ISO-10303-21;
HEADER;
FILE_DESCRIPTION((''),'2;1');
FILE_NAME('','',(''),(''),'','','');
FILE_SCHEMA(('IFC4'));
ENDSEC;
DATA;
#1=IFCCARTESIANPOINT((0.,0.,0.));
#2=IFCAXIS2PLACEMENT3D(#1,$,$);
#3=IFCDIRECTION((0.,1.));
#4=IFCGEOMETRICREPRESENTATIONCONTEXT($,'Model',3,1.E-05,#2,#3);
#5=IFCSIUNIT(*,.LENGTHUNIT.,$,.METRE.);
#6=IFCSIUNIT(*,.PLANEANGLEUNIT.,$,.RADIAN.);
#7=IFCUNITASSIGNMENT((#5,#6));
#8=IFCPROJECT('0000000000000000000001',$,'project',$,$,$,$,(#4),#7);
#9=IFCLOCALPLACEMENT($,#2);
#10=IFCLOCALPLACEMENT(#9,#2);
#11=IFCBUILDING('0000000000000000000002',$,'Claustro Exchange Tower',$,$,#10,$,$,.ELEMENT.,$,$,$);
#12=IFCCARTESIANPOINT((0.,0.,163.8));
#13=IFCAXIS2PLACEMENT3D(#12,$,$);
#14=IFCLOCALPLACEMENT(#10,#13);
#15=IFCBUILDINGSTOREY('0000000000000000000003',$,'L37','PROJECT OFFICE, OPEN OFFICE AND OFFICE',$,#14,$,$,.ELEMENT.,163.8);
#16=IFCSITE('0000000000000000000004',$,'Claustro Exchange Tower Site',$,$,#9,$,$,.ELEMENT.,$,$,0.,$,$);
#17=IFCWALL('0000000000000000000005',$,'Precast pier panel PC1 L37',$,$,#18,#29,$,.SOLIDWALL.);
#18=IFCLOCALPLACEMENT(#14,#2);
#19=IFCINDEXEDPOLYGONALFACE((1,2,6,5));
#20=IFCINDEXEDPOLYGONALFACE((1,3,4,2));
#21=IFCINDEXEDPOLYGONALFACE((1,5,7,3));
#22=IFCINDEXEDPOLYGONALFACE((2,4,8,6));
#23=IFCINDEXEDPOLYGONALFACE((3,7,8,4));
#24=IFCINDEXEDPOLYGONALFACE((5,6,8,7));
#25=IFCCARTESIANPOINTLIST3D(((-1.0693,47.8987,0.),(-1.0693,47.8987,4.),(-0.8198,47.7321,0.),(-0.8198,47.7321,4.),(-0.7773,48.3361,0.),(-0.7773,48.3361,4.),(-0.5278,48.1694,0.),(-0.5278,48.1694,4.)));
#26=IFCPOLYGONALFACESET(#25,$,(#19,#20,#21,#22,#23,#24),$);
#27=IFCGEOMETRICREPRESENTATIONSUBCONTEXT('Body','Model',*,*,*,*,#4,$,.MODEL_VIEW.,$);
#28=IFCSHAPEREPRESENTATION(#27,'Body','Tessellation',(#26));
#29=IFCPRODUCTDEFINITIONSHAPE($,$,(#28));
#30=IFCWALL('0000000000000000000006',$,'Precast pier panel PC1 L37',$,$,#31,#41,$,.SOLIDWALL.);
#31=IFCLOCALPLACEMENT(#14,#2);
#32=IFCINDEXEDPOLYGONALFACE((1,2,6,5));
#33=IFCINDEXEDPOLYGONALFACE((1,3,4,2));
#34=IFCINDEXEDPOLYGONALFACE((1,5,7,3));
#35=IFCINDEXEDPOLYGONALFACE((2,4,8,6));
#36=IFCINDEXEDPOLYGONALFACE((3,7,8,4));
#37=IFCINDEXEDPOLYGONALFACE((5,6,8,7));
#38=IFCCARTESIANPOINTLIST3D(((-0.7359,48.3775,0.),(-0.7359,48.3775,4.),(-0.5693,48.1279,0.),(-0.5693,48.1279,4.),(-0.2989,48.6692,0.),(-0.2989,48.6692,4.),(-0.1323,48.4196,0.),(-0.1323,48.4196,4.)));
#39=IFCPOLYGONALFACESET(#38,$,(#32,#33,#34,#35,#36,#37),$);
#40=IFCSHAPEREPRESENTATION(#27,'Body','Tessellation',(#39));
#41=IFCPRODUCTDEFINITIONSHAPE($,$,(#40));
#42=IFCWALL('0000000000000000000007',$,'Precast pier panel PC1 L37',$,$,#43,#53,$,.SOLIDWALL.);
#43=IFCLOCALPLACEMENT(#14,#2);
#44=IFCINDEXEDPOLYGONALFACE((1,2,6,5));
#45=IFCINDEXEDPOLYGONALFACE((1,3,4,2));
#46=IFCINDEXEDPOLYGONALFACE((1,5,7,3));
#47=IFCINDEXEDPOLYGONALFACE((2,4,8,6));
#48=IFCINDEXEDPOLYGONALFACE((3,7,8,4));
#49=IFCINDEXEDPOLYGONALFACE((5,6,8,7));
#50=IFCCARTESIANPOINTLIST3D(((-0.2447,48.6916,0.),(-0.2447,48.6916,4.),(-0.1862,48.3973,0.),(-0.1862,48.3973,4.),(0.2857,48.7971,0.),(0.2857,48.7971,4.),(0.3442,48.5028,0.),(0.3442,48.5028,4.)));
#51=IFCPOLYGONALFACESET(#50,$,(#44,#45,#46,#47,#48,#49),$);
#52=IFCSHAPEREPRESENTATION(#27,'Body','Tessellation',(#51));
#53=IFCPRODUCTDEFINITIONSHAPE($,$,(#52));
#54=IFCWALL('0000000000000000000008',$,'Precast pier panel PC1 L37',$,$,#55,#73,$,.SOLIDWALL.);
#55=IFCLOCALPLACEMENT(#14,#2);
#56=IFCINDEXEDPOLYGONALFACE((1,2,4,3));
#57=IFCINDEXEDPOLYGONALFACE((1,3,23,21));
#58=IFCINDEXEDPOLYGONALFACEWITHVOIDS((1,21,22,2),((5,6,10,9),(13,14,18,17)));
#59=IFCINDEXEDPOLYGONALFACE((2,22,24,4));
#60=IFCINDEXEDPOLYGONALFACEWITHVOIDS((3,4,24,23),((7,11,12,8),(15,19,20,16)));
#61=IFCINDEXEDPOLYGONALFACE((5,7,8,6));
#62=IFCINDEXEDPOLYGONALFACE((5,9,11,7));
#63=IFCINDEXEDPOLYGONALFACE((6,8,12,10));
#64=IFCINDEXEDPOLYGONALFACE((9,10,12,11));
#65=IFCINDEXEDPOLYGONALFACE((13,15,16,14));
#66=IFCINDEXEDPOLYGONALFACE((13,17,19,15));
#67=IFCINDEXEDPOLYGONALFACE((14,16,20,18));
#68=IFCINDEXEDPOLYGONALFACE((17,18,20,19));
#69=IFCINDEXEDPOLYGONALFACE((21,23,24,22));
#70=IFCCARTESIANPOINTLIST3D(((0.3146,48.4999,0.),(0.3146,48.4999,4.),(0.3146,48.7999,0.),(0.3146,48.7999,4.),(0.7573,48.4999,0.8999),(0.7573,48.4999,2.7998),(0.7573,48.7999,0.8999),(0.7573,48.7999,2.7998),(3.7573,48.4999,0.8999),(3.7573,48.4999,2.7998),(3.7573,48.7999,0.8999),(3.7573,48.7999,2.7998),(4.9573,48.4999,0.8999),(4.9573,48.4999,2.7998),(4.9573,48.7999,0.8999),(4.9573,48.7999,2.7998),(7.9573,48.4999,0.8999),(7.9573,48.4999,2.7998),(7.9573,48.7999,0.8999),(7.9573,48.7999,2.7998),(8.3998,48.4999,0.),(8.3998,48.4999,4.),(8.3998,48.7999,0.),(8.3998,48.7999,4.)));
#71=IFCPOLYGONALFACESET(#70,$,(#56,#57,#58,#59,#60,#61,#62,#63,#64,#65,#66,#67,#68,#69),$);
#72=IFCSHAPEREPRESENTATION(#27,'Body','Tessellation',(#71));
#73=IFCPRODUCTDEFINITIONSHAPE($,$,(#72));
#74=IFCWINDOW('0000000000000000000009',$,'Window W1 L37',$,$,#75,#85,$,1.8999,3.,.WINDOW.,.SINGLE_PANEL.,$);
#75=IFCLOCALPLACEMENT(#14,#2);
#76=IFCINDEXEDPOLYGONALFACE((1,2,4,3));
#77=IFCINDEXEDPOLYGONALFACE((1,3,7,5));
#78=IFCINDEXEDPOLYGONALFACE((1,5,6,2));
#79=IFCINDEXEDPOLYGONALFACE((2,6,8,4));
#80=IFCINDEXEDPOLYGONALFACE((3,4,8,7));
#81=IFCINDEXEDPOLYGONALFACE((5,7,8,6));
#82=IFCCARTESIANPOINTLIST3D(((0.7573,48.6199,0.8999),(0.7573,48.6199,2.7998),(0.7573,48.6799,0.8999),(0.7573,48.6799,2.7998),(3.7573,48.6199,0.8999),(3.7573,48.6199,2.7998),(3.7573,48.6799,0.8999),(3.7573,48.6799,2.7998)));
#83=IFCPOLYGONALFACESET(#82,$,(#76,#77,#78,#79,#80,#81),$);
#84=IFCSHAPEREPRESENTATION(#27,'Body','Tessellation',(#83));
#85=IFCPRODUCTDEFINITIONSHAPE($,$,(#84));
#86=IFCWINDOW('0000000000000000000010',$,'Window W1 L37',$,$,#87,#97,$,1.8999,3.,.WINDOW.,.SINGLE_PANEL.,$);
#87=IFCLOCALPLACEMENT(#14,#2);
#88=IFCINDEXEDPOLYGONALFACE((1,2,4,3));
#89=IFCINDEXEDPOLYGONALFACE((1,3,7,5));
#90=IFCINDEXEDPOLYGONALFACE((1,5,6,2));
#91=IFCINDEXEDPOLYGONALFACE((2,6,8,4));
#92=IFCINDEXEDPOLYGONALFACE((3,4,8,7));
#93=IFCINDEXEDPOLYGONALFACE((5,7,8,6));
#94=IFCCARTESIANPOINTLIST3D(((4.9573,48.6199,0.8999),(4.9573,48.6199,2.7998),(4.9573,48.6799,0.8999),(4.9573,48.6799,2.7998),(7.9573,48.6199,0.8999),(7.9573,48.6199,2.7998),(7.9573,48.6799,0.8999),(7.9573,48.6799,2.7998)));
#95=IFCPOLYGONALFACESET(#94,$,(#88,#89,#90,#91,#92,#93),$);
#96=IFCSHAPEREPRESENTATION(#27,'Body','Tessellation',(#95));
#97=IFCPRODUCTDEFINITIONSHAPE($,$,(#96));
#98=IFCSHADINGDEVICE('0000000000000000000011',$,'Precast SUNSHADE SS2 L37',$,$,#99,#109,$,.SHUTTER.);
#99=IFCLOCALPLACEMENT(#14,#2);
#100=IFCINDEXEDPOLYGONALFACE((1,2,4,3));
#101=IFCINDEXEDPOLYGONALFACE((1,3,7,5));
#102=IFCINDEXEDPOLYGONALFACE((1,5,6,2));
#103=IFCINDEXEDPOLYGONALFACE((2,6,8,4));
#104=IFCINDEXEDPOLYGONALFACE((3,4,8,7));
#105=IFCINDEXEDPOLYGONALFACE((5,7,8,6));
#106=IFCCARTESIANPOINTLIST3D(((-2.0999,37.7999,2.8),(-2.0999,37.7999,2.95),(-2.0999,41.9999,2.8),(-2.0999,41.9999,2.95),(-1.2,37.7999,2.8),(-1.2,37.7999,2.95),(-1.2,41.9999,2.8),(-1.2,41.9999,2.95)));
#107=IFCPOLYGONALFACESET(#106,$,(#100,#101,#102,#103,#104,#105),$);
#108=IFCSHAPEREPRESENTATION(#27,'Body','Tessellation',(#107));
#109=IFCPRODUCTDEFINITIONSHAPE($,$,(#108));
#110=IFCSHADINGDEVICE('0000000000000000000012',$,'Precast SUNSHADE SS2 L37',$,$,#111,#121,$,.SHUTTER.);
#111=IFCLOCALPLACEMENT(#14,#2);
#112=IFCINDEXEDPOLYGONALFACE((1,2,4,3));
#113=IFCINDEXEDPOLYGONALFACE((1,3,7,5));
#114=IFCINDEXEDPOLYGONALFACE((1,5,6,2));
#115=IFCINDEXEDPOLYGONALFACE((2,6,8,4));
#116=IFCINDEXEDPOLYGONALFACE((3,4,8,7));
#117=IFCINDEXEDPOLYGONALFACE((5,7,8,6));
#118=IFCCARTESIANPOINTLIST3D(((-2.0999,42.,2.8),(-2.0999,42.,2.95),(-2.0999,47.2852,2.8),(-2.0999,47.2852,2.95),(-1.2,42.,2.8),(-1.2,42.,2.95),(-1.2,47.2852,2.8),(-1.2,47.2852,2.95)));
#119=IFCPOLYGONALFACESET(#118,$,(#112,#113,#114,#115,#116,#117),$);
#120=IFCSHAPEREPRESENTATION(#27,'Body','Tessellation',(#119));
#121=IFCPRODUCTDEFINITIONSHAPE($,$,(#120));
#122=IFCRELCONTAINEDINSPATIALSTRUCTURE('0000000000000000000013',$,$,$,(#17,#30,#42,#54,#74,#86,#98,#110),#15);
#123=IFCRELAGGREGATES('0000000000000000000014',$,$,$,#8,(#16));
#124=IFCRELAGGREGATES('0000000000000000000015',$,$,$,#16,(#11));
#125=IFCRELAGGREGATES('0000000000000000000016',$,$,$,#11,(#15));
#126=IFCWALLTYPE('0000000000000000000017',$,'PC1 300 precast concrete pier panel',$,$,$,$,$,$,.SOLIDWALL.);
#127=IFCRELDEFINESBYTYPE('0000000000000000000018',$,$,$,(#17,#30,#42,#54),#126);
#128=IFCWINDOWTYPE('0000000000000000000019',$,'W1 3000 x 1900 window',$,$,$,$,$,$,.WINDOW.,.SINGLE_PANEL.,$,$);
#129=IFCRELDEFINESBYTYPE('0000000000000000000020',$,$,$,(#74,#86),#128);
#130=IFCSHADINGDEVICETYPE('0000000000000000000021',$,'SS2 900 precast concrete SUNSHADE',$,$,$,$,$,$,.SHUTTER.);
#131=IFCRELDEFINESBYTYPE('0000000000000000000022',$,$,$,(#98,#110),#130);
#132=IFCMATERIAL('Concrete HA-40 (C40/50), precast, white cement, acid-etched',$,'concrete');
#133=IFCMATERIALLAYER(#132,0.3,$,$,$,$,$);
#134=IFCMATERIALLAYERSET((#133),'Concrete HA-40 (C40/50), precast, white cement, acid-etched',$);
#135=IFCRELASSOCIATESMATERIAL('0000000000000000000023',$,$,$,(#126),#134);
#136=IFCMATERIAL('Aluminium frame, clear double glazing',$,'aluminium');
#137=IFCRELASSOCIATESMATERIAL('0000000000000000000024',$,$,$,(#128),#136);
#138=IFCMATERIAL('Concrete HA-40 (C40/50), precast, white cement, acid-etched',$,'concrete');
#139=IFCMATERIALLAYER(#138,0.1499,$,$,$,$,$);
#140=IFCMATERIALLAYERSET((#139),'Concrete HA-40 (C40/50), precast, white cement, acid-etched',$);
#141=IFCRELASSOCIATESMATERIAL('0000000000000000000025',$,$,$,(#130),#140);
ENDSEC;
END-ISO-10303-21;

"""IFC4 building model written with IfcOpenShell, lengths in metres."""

from ifc_helpers import new_model, si_unit, direction, frame, frame_2d, origin, origin_2d, place, context, subcontext, project, spatial, rectangle, extrude, material, layer, layer_set, type_object, element, fill, save


model = new_model("IFC4")

# Units and contexts
model_context = context("Model", 3, precision=1e-05, world=origin(), true_north=direction((0.0, 1.0)))
body_context = subcontext(model_context, "Body", "Model", "MODEL_VIEW")
ifc_project = project(units=[si_unit("LENGTHUNIT", "METRE"), si_unit("PLANEANGLEUNIT", "RADIAN")], contexts=[model_context])

# Site, building, storey
site_placement = place(None, origin())
site = spatial("IfcSite", under=ifc_project, at=site_placement, Name="Claustro Exchange Tower Site", CompositionType="ELEMENT", RefElevation=0.0)
building_placement = place(site_placement, origin())
building = spatial("IfcBuilding", under=site, at=building_placement, Name="Claustro Exchange Tower", CompositionType="ELEMENT")
storey_placement = place(building_placement, frame((0.0, 0.0, 163.8)))
storey = spatial("IfcBuildingStorey", under=building, at=storey_placement, Name="L37", Description="PROJECT OFFICE, OPEN OFFICE AND OFFICE", CompositionType="ELEMENT", Elevation=163.8)

# Shared definitions
ifc_material_1 = material(Name="Concrete HA-40 (C40/50), precast, white cement, acid-etched", Category="concrete")
ifc_layer_1 = layer(ifc_material_1, 0.3)
ifc_layer_set_1 = layer_set([ifc_layer_1], Name="Concrete HA-40 (C40/50), precast, white cement, acid-etched")
wall_type_1 = type_object("IfcWallType", Name="PC1 300 precast concrete pier panel", PredefinedType="SOLIDWALL", material=ifc_layer_set_1)

# Walls
wall_1_placement = place(storey_placement, frame((-0.9446, 47.8154, 0.0), z_axis=(0.0, 0.0, 1.0), x_axis=(0.555343, 0.831621, 0.0)))
element("IfcWall", 1, at=wall_1_placement, inside=storey, type_object=wall_type_1, Name="Precast pier panel PC1 L37", PredefinedType="SOLIDWALL", context=body_context, shape_type="SweptSolid", body=[
    extrude(rectangle(XDim=0.5259, YDim=0.3, at=frame_2d((0.2629, 0.0))), origin(), (0.0, 0.0, 1.0), 4.0),
])
wall_2_placement = place(storey_placement, frame((-0.6526, 48.2527, 0.0), z_axis=(0.0, 0.0, 1.0), x_axis=(0.831693, 0.555236, 0.0)))
element("IfcWall", 2, at=wall_2_placement, inside=storey, type_object=wall_type_1, Name="Precast pier panel PC1 L37", PredefinedType="SOLIDWALL", context=body_context, shape_type="SweptSolid", body=[
    extrude(rectangle(XDim=0.5254, YDim=0.3, at=frame_2d((0.2627, 0.0))), origin(), (0.0, 0.0, 1.0), 4.0),
])
wall_3_placement = place(storey_placement, frame((-0.2156, 48.5444, 0.0), z_axis=(0.0, 0.0, 1.0), x_axis=(0.980789, 0.195074, 0.0)))
element("IfcWall", 3, at=wall_3_placement, inside=storey, type_object=wall_type_1, Name="Precast pier panel PC1 L37", PredefinedType="SOLIDWALL", context=body_context, shape_type="SweptSolid", body=[
    extrude(rectangle(XDim=0.5408, YDim=0.3, at=frame_2d((0.2705, 0.0))), origin(), (0.0, 0.0, 1.0), 4.0),
])

# Wall, openings, windows
wall_4_placement = place(storey_placement, frame((0.3147, 48.6499, 0.0), z_axis=(0.0, 0.0, 1.0), x_axis=(1.0, 0.0, 0.0)))
wall_4 = element("IfcWall", 4, at=wall_4_placement, inside=storey, type_object=wall_type_1, Name="Precast pier panel PC1 L37", PredefinedType="SOLIDWALL", context=body_context, shape_type="SweptSolid", body=[
    extrude(rectangle(XDim=8.0852, YDim=0.3, at=frame_2d((4.0425, 0.0))), origin(), (0.0, 0.0, 1.0), 4.0),
])
opening_1_placement = place(wall_4_placement, frame((0.4426, 0.0, 0.8999)))
opening_1 = element("IfcOpeningElement", 5, at=opening_1_placement, cuts=wall_4, PredefinedType="OPENING", context=body_context, shape_type="SweptSolid", body=[
    extrude(rectangle(XDim=3.0, YDim=1.8999, at=frame_2d((1.5, 0.95))), frame((0.0, 0.1599, 0.0), z_axis=(0.0, -1.0, 0.0), x_axis=(1.0, 0.0, 0.0)), (0.0, 0.0, 1.0), 0.3201),
])
opening_2_placement = place(wall_4_placement, frame((4.6426, 0.0, 0.8999)))
opening_2 = element("IfcOpeningElement", 6, at=opening_2_placement, cuts=wall_4, PredefinedType="OPENING", context=body_context, shape_type="SweptSolid", body=[
    extrude(rectangle(XDim=3.0, YDim=1.8999, at=frame_2d((1.5, 0.95))), frame((0.0, 0.1599, 0.0), z_axis=(0.0, -1.0, 0.0), x_axis=(1.0, 0.0, 0.0)), (0.0, 0.0, 1.0), 0.3201),
])
ifc_material_2 = material(Name="Aluminium frame, clear double glazing", Category="aluminium")
window_type_1 = type_object("IfcWindowType", Name="W1 3000 x 1900 window", PartitioningType="SINGLE_PANEL", PredefinedType="WINDOW", material=ifc_material_2)
window_1_placement = place(opening_1_placement, origin())
window_1 = element("IfcWindow", 7, at=window_1_placement, inside=storey, type_object=window_type_1, Name="Window W1 L37", OverallHeight=1.8999, OverallWidth=3.0, PartitioningType="SINGLE_PANEL", PredefinedType="WINDOW", context=body_context, shape_type="SweptSolid", body=[
    extrude(rectangle(XDim=3.0, YDim=1.8999, at=frame_2d((1.5, 0.95))), frame((0.0, 0.03, 0.0), z_axis=(0.0, -1.0, 0.0), x_axis=(1.0, 0.0, 0.0)), (0.0, 0.0, 1.0), 0.0601),
])
fill(opening_1, window_1)
window_2_placement = place(opening_2_placement, origin())
window_2 = element("IfcWindow", 8, at=window_2_placement, inside=storey, type_object=window_type_1, Name="Window W1 L37", OverallHeight=1.8999, OverallWidth=3.0, PartitioningType="SINGLE_PANEL", PredefinedType="WINDOW", context=body_context, shape_type="SweptSolid", body=[
    extrude(rectangle(XDim=3.0, YDim=1.8999, at=frame_2d((1.5, 0.95))), frame((0.0, 0.03, 0.0), z_axis=(0.0, -1.0, 0.0), x_axis=(1.0, 0.0, 0.0)), (0.0, 0.0, 1.0), 0.0601),
])
fill(opening_2, window_2)

# Shading devices
ifc_material_3 = material(Name="Concrete HA-40 (C40/50), precast, white cement, acid-etched", Category="concrete")
ifc_layer_2 = layer(ifc_material_3, 0.1499)
ifc_layer_set_2 = layer_set([ifc_layer_2], Name="Concrete HA-40 (C40/50), precast, white cement, acid-etched")
shading_device_type = type_object("IfcShadingDeviceType", Name="SS2 900 precast concrete SUNSHADE", PredefinedType="SHUTTER", material=ifc_layer_set_2)
shading_device_1_placement = place(storey_placement, frame((-1.6499, 39.8999, 2.8), z_axis=(0.0, 0.0, 1.0), x_axis=(0.0, 1.0, 0.0)))
element("IfcShadingDevice", 9, at=shading_device_1_placement, inside=storey, type_object=shading_device_type, Name="Precast SUNSHADE SS2 L37", PredefinedType="SHUTTER", context=body_context, shape_type="SweptSolid", body=[
    extrude(rectangle(XDim=4.2, YDim=0.8999, at=origin_2d()), origin(), (0.0, 0.0, 1.0), 0.1499),
])
shading_device_2_placement = place(storey_placement, frame((-1.6499, 44.6426, 2.8), z_axis=(0.0, 0.0, 1.0), x_axis=(0.0, 1.0, 0.0)))
element("IfcShadingDevice", 10, at=shading_device_2_placement, inside=storey, type_object=shading_device_type, Name="Precast SUNSHADE SS2 L37", PredefinedType="SHUTTER", context=body_context, shape_type="SweptSolid", body=[
    extrude(rectangle(XDim=5.2852, YDim=0.8999, at=origin_2d()), origin(), (0.0, 0.0, 1.0), 0.1499),
])

save(model, "model.ifc")
